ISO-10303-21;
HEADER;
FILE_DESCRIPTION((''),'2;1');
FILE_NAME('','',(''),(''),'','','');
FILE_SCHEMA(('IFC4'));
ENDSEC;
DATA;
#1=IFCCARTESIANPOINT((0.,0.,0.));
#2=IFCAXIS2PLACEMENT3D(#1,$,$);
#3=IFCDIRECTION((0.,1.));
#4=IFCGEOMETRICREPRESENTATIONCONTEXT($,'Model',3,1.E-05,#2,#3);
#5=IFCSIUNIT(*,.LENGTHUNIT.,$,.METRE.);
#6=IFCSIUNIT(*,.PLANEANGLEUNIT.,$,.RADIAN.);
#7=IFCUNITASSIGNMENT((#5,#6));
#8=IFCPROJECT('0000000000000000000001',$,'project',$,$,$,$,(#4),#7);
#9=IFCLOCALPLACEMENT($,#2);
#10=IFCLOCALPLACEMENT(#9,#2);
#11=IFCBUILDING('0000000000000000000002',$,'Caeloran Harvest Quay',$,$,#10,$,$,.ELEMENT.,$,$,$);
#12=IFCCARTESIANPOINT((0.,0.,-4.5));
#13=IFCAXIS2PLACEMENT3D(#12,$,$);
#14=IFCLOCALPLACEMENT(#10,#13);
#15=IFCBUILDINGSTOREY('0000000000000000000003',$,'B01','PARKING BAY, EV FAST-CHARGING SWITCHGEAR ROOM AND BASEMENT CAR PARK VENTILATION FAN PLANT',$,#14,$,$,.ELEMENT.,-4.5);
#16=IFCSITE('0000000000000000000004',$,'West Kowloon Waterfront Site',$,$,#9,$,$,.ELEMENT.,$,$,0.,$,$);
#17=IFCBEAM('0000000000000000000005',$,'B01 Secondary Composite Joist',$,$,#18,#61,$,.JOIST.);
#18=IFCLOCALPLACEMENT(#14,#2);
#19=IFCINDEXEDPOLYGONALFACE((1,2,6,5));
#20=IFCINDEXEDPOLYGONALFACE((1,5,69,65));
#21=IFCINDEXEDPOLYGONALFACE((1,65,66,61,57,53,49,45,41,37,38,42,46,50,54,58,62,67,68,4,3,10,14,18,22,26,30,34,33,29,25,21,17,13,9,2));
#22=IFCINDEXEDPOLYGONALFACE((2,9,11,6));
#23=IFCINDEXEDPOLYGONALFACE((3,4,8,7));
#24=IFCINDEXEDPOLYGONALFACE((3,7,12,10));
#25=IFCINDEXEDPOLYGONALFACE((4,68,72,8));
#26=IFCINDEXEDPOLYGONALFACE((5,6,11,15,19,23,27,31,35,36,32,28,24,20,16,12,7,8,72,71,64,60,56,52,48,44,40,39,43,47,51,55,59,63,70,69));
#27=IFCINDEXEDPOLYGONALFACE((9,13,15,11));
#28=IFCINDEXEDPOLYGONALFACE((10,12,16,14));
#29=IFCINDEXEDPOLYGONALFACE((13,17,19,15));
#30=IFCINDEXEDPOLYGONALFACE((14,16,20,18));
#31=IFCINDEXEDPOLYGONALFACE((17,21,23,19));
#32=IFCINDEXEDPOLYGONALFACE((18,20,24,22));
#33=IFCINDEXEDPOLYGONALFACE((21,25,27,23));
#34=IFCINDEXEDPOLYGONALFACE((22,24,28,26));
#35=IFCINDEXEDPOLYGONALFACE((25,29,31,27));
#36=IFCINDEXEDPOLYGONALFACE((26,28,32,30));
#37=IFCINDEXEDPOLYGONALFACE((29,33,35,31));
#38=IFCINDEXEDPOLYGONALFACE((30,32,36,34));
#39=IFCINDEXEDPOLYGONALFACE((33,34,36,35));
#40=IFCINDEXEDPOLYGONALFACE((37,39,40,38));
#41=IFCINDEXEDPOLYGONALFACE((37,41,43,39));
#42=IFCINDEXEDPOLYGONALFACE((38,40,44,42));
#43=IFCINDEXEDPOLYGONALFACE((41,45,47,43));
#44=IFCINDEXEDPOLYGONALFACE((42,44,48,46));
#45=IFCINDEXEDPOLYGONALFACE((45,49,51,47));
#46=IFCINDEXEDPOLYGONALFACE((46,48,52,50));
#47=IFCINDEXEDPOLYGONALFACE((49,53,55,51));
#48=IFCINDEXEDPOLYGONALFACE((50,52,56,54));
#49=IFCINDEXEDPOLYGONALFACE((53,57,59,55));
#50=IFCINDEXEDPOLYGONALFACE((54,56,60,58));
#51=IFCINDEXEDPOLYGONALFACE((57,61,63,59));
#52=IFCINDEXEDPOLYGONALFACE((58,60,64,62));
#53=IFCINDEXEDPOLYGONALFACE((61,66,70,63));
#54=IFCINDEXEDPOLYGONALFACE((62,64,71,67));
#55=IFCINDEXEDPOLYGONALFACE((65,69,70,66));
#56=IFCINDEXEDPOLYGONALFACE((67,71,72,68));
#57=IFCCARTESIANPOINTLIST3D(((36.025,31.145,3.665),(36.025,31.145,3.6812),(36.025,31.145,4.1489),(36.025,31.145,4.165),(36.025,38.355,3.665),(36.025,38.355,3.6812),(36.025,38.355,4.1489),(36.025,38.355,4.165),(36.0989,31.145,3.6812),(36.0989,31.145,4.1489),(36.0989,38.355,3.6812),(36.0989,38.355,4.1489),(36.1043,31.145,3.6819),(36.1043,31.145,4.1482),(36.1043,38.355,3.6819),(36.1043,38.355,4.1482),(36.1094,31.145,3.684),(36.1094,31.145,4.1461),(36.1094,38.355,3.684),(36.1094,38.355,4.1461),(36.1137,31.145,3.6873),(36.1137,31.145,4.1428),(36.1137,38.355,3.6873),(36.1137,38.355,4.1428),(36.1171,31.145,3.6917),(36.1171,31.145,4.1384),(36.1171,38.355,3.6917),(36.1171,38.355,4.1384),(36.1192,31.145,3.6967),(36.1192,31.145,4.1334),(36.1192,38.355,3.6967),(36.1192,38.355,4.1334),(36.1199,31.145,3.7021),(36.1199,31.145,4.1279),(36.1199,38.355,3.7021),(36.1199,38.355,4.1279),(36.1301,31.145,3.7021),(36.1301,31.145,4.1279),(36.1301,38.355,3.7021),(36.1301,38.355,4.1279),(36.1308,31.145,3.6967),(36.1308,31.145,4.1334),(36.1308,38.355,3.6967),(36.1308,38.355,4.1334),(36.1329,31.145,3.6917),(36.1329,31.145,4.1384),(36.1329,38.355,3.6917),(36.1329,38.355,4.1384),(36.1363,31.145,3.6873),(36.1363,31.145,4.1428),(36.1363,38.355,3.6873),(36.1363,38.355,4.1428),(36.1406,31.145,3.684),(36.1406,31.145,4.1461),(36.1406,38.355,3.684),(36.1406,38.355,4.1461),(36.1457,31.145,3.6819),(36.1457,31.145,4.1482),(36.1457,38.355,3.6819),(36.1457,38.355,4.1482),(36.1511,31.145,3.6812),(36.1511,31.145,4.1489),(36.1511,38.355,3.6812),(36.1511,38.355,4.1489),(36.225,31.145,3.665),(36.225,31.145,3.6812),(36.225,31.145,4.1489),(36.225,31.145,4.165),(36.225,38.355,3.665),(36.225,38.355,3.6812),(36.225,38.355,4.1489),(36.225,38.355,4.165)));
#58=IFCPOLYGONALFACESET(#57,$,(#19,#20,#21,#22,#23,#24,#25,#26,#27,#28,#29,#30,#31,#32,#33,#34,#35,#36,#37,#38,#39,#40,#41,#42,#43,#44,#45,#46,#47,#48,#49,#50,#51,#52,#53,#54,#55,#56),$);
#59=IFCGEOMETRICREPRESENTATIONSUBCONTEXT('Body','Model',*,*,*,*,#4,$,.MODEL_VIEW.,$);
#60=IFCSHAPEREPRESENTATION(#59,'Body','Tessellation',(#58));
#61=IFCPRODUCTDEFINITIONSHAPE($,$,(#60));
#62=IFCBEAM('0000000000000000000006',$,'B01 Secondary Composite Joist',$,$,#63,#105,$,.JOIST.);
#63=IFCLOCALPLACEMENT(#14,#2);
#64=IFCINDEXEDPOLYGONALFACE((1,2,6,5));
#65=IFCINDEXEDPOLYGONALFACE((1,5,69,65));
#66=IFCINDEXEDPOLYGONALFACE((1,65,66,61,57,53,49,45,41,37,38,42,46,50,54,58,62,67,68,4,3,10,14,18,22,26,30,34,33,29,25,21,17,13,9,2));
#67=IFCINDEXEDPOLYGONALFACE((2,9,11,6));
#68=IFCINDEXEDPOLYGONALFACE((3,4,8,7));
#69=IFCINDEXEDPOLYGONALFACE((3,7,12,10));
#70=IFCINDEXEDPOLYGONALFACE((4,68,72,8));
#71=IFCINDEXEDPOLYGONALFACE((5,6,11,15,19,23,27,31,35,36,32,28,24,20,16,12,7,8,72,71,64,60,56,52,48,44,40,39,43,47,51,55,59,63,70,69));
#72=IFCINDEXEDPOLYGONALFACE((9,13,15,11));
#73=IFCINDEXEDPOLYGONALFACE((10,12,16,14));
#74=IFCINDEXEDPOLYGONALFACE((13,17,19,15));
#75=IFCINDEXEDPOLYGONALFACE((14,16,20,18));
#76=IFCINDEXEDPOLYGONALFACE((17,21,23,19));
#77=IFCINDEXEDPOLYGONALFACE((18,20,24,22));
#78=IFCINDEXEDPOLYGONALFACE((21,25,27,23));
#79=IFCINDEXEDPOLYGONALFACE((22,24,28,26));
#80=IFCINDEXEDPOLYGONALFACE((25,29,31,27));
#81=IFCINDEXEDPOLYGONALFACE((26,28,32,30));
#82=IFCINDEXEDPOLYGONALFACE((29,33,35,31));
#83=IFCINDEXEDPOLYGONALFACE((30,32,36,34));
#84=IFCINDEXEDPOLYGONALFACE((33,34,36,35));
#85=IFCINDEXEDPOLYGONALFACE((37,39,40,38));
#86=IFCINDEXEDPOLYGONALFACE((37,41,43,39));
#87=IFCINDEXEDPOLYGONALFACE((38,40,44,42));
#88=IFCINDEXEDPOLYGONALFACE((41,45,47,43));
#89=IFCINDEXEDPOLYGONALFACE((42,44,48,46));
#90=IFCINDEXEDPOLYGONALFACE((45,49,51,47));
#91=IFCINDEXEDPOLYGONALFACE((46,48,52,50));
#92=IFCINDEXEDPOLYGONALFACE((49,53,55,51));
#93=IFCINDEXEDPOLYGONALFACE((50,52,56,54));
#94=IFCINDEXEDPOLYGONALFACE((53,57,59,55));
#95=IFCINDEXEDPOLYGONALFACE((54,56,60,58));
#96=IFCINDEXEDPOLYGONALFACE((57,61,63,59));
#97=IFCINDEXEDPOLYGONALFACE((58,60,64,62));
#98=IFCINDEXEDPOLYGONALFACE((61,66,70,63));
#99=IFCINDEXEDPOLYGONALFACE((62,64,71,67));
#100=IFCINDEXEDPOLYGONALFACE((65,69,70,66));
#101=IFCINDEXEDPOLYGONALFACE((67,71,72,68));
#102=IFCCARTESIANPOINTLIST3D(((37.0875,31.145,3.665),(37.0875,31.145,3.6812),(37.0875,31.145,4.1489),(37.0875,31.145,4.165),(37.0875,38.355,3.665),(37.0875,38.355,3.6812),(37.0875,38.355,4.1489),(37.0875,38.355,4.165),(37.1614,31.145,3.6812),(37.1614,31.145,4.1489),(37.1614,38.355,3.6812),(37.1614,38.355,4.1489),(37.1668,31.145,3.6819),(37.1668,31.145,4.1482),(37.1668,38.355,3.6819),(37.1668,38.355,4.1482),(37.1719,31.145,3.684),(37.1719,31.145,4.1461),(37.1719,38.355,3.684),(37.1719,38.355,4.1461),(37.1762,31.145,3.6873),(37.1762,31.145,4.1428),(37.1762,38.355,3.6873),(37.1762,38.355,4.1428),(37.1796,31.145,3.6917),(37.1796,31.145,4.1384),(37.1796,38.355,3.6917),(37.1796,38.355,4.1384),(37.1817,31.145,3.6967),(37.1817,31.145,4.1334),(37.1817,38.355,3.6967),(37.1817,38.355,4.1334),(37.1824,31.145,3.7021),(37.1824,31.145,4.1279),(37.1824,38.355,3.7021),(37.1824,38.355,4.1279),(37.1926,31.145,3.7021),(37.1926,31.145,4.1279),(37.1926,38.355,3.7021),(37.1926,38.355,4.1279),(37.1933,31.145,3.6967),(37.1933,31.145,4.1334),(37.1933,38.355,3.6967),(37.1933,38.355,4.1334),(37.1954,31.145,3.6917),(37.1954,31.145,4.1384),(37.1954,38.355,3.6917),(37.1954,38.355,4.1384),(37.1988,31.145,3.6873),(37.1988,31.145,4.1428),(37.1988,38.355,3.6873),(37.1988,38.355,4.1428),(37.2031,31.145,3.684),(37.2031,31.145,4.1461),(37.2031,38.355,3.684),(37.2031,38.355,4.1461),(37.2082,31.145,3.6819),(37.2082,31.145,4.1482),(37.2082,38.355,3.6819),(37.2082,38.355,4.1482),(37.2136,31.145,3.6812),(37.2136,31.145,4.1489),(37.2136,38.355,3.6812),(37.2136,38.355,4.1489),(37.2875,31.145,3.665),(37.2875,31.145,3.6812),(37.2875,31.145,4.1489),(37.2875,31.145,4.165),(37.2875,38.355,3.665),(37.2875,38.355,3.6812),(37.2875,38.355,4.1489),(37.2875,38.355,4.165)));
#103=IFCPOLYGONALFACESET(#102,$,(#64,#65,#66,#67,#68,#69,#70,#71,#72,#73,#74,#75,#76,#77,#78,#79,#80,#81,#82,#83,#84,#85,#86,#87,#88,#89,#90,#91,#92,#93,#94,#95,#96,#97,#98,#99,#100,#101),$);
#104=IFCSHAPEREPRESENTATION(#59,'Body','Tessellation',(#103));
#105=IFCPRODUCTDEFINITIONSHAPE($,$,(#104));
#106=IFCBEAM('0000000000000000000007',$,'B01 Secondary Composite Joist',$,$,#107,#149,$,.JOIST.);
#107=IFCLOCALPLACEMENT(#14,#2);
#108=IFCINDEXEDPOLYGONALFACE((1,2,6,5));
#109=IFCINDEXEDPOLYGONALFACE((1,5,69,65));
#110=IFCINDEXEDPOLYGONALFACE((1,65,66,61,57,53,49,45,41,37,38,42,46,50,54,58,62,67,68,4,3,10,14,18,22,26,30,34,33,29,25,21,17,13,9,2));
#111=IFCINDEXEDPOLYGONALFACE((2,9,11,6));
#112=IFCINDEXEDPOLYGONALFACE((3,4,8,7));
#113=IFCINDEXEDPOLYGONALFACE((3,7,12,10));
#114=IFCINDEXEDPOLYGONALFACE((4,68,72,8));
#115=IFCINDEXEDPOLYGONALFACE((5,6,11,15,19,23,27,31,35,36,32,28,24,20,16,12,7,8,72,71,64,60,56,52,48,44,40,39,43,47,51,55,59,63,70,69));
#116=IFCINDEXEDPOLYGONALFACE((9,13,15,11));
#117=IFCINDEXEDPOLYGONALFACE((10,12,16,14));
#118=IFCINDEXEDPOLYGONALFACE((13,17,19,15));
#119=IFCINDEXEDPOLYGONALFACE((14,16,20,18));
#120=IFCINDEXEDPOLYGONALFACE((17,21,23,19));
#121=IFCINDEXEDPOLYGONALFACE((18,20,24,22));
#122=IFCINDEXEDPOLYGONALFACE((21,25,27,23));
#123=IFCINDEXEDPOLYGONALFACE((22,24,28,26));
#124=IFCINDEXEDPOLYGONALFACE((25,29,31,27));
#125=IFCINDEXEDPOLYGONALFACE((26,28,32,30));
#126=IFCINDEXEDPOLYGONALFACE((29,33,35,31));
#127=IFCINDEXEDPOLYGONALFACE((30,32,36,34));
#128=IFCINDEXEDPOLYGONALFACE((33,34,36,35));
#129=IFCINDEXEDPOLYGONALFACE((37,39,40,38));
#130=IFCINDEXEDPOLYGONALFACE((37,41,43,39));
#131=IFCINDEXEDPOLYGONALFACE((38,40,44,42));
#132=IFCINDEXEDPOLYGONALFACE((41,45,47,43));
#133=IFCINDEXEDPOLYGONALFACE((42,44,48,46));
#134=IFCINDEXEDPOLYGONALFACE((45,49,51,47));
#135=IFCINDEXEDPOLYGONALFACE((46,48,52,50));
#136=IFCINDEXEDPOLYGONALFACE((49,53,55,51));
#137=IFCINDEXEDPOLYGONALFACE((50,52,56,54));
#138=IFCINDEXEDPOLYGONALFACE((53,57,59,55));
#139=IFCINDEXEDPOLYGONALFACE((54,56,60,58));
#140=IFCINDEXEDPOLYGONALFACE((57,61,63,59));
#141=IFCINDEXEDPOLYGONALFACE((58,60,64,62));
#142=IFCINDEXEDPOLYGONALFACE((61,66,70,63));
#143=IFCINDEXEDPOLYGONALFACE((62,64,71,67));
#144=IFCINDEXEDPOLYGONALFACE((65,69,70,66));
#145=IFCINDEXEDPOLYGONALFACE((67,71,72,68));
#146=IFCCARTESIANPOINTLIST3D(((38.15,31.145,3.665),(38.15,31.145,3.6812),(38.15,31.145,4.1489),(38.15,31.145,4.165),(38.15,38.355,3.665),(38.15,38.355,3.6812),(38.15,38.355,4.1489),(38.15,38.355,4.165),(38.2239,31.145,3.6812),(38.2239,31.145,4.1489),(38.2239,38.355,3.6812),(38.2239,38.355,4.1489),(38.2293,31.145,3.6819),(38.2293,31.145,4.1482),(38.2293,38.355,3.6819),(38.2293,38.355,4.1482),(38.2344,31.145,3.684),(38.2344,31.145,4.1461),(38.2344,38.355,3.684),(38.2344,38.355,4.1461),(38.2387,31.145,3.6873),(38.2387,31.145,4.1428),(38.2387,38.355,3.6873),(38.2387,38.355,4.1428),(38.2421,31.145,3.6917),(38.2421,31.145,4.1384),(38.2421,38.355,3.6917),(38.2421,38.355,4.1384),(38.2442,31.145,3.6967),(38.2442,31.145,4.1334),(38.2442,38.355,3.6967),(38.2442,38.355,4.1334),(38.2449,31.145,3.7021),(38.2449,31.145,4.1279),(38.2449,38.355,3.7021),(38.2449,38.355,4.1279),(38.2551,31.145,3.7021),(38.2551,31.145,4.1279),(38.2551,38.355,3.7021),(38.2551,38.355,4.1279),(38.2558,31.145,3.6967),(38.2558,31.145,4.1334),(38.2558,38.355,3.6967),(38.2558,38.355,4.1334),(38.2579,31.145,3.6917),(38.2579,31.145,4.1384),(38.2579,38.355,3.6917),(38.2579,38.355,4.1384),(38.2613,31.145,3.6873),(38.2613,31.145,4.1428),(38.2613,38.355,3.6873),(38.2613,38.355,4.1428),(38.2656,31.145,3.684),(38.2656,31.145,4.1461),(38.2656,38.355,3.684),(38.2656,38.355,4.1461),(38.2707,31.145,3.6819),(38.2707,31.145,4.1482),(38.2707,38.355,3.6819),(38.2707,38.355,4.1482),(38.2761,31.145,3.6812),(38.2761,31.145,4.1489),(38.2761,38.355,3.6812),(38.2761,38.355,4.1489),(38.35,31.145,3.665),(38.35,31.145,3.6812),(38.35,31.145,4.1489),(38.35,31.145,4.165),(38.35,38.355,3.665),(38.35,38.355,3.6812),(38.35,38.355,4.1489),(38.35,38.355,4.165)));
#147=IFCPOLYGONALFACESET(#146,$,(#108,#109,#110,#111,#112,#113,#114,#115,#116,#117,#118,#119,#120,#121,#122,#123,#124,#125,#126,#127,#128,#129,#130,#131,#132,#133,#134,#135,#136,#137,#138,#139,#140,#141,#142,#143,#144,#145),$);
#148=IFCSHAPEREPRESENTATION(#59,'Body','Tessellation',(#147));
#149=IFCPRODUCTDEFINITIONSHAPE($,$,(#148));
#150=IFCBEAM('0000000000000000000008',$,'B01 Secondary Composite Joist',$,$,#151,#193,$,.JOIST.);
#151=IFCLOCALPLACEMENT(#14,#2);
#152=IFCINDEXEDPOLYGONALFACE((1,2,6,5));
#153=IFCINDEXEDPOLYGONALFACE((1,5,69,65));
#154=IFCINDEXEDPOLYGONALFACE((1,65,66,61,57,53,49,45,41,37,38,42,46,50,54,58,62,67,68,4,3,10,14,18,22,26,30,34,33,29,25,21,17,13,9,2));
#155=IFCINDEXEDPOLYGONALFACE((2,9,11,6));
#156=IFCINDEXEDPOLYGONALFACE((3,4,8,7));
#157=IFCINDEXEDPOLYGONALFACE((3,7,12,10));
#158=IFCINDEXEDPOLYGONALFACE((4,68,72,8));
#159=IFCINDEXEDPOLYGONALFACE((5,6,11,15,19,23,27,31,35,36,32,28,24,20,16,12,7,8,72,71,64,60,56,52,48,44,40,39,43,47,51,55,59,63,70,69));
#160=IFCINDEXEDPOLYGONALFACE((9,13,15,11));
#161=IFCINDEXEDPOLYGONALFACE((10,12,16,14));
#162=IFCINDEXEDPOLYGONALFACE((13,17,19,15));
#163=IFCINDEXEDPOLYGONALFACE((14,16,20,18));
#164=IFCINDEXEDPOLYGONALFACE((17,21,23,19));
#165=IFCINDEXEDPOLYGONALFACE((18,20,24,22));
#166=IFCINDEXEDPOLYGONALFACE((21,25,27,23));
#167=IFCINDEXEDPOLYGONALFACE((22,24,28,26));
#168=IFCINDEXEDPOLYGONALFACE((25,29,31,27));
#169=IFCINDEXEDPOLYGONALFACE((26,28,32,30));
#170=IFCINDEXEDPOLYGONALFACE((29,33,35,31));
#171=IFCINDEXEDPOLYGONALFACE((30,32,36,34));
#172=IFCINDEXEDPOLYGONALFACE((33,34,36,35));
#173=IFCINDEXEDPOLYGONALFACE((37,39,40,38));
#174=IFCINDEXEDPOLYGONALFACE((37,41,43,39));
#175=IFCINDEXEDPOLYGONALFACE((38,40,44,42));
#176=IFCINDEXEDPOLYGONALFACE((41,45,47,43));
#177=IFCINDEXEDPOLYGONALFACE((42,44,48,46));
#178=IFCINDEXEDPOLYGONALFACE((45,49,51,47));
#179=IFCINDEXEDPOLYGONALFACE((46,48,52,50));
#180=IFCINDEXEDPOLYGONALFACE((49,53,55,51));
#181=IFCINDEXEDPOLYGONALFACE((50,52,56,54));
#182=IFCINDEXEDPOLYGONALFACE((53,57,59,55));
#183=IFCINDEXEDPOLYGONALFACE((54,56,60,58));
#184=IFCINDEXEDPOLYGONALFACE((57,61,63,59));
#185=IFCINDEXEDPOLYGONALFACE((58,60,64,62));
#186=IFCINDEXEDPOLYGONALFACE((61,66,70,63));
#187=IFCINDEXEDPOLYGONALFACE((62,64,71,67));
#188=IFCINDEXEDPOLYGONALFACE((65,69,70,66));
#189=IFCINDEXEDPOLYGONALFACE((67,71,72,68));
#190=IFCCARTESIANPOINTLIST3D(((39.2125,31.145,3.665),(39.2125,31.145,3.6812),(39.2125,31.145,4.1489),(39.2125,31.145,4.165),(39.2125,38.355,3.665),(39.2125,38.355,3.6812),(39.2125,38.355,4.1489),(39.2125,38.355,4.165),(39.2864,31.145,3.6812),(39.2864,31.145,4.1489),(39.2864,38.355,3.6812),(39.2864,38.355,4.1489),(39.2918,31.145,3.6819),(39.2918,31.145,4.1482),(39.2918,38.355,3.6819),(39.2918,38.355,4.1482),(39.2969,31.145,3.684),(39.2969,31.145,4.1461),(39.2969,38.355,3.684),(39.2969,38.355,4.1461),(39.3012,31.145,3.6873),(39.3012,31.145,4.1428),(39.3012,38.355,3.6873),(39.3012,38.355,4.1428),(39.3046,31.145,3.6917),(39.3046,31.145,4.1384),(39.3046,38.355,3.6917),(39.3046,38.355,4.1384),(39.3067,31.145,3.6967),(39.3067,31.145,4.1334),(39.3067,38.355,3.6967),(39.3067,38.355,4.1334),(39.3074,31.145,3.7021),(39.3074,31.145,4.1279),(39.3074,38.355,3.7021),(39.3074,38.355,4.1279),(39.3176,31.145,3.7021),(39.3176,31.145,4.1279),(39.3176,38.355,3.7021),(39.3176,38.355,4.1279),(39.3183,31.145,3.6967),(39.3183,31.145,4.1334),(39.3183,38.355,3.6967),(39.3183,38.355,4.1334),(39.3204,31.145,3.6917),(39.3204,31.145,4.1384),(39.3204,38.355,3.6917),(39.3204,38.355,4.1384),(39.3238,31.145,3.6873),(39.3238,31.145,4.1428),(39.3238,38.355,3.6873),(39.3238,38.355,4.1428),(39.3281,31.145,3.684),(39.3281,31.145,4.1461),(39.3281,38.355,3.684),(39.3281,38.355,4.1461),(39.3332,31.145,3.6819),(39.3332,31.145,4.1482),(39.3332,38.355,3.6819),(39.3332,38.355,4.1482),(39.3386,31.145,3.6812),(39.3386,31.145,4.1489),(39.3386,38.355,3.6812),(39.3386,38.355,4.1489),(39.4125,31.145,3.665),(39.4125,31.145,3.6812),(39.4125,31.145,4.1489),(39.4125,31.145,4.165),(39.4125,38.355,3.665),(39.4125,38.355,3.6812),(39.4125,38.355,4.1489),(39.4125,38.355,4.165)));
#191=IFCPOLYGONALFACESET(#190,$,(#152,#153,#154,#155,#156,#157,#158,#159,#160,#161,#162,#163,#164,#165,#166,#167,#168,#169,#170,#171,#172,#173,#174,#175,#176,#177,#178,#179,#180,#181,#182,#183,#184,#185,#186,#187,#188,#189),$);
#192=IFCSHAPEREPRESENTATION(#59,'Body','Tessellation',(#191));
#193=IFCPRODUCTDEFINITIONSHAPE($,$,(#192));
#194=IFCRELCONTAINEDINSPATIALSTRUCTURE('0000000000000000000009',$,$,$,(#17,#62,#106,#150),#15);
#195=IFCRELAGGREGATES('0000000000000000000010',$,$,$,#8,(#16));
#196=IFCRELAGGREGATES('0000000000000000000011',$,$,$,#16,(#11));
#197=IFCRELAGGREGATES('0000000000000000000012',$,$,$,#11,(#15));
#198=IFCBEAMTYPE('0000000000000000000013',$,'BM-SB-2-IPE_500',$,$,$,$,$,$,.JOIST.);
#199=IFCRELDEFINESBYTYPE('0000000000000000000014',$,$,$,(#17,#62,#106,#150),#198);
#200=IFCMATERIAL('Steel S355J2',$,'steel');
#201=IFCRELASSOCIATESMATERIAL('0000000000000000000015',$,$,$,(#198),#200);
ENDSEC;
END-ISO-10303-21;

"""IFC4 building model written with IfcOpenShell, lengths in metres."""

from ifc_helpers import new_model, si_unit, direction, frame, origin, origin_2d, place, context, subcontext, project, spatial, i_section, extrude, material, material_profile, profile_set, type_object, element, save


model = new_model("IFC4")

# Units and contexts
model_context = context("Model", 3, precision=1e-05, world=origin(), true_north=direction((0.0, 1.0)))
body_context = subcontext(model_context, "Body", "Model", "MODEL_VIEW")
ifc_project = project(units=[si_unit("LENGTHUNIT", "METRE"), si_unit("PLANEANGLEUNIT", "RADIAN")], contexts=[model_context])

# Site, building, storey
site_placement = place(None, origin())
site = spatial("IfcSite", under=ifc_project, at=site_placement, Name="West Kowloon Waterfront Site", CompositionType="ELEMENT", RefElevation=0.0)
building_placement = place(site_placement, origin())
building = spatial("IfcBuilding", under=site, at=building_placement, Name="Caeloran Harvest Quay", CompositionType="ELEMENT")
storey_placement = place(building_placement, frame((0.0, 0.0, -4.5)))
storey = spatial("IfcBuildingStorey", under=building, at=storey_placement, Name="B01", Description="PARKING BAY, EV FAST-CHARGING SWITCHGEAR ROOM AND BASEMENT CAR PARK VENTILATION FAN PLANT", CompositionType="ELEMENT", Elevation=-4.5)

# Beams
ifc_material_1 = material(Name="Steel S355J2", Category="steel")
ifc_material_profile_1 = material_profile(ifc_material_1, i_section(OverallWidth=0.2, OverallDepth=0.5, WebThickness=0.0103, FlangeThickness=0.0161, FilletRadius=0.021, at=origin_2d()), Name="IPE 500")
ifc_profile_set_1 = profile_set([ifc_material_profile_1], Name="Steel S355J2")
beam_type_1 = type_object("IfcBeamType", Name="BM-SB-2-IPE_500", PredefinedType="JOIST", material=ifc_profile_set_1)
for number, where, z_axis, x_axis, name in (
    (1, (36.125, 31.145, 3.915), (0.0, 1.0, 0.0), (-1.0, 0.0, 0.0), "B01 Secondary Composite Joist"),
    (2, (37.1875, 31.145, 3.915), (0.0, 1.0, 0.0), (-1.0, 0.0, 0.0), "B01 Secondary Composite Joist"),
    (3, (38.25, 31.145, 3.915), (0.0, 1.0, 0.0), (-1.0, 0.0, 0.0), "B01 Secondary Composite Joist"),
    (4, (39.3125, 31.145, 3.915), (0.0, 1.0, 0.0), (-1.0, 0.0, 0.0), "B01 Secondary Composite Joist"),
):
    element("IfcBeam", number, at=place(storey_placement, frame(where, z_axis=z_axis, x_axis=x_axis)), inside=storey, type_object=beam_type_1, Name=name, PredefinedType="JOIST", context=body_context, shape_type="SweptSolid", body=[
        extrude(i_section(OverallWidth=0.2, OverallDepth=0.5, WebThickness=0.0103, FlangeThickness=0.0161, FilletRadius=0.021, at=origin_2d()), origin(), (0.0, 0.0, 1.0), 7.21),
    ])

save(model, "model.ifc")
